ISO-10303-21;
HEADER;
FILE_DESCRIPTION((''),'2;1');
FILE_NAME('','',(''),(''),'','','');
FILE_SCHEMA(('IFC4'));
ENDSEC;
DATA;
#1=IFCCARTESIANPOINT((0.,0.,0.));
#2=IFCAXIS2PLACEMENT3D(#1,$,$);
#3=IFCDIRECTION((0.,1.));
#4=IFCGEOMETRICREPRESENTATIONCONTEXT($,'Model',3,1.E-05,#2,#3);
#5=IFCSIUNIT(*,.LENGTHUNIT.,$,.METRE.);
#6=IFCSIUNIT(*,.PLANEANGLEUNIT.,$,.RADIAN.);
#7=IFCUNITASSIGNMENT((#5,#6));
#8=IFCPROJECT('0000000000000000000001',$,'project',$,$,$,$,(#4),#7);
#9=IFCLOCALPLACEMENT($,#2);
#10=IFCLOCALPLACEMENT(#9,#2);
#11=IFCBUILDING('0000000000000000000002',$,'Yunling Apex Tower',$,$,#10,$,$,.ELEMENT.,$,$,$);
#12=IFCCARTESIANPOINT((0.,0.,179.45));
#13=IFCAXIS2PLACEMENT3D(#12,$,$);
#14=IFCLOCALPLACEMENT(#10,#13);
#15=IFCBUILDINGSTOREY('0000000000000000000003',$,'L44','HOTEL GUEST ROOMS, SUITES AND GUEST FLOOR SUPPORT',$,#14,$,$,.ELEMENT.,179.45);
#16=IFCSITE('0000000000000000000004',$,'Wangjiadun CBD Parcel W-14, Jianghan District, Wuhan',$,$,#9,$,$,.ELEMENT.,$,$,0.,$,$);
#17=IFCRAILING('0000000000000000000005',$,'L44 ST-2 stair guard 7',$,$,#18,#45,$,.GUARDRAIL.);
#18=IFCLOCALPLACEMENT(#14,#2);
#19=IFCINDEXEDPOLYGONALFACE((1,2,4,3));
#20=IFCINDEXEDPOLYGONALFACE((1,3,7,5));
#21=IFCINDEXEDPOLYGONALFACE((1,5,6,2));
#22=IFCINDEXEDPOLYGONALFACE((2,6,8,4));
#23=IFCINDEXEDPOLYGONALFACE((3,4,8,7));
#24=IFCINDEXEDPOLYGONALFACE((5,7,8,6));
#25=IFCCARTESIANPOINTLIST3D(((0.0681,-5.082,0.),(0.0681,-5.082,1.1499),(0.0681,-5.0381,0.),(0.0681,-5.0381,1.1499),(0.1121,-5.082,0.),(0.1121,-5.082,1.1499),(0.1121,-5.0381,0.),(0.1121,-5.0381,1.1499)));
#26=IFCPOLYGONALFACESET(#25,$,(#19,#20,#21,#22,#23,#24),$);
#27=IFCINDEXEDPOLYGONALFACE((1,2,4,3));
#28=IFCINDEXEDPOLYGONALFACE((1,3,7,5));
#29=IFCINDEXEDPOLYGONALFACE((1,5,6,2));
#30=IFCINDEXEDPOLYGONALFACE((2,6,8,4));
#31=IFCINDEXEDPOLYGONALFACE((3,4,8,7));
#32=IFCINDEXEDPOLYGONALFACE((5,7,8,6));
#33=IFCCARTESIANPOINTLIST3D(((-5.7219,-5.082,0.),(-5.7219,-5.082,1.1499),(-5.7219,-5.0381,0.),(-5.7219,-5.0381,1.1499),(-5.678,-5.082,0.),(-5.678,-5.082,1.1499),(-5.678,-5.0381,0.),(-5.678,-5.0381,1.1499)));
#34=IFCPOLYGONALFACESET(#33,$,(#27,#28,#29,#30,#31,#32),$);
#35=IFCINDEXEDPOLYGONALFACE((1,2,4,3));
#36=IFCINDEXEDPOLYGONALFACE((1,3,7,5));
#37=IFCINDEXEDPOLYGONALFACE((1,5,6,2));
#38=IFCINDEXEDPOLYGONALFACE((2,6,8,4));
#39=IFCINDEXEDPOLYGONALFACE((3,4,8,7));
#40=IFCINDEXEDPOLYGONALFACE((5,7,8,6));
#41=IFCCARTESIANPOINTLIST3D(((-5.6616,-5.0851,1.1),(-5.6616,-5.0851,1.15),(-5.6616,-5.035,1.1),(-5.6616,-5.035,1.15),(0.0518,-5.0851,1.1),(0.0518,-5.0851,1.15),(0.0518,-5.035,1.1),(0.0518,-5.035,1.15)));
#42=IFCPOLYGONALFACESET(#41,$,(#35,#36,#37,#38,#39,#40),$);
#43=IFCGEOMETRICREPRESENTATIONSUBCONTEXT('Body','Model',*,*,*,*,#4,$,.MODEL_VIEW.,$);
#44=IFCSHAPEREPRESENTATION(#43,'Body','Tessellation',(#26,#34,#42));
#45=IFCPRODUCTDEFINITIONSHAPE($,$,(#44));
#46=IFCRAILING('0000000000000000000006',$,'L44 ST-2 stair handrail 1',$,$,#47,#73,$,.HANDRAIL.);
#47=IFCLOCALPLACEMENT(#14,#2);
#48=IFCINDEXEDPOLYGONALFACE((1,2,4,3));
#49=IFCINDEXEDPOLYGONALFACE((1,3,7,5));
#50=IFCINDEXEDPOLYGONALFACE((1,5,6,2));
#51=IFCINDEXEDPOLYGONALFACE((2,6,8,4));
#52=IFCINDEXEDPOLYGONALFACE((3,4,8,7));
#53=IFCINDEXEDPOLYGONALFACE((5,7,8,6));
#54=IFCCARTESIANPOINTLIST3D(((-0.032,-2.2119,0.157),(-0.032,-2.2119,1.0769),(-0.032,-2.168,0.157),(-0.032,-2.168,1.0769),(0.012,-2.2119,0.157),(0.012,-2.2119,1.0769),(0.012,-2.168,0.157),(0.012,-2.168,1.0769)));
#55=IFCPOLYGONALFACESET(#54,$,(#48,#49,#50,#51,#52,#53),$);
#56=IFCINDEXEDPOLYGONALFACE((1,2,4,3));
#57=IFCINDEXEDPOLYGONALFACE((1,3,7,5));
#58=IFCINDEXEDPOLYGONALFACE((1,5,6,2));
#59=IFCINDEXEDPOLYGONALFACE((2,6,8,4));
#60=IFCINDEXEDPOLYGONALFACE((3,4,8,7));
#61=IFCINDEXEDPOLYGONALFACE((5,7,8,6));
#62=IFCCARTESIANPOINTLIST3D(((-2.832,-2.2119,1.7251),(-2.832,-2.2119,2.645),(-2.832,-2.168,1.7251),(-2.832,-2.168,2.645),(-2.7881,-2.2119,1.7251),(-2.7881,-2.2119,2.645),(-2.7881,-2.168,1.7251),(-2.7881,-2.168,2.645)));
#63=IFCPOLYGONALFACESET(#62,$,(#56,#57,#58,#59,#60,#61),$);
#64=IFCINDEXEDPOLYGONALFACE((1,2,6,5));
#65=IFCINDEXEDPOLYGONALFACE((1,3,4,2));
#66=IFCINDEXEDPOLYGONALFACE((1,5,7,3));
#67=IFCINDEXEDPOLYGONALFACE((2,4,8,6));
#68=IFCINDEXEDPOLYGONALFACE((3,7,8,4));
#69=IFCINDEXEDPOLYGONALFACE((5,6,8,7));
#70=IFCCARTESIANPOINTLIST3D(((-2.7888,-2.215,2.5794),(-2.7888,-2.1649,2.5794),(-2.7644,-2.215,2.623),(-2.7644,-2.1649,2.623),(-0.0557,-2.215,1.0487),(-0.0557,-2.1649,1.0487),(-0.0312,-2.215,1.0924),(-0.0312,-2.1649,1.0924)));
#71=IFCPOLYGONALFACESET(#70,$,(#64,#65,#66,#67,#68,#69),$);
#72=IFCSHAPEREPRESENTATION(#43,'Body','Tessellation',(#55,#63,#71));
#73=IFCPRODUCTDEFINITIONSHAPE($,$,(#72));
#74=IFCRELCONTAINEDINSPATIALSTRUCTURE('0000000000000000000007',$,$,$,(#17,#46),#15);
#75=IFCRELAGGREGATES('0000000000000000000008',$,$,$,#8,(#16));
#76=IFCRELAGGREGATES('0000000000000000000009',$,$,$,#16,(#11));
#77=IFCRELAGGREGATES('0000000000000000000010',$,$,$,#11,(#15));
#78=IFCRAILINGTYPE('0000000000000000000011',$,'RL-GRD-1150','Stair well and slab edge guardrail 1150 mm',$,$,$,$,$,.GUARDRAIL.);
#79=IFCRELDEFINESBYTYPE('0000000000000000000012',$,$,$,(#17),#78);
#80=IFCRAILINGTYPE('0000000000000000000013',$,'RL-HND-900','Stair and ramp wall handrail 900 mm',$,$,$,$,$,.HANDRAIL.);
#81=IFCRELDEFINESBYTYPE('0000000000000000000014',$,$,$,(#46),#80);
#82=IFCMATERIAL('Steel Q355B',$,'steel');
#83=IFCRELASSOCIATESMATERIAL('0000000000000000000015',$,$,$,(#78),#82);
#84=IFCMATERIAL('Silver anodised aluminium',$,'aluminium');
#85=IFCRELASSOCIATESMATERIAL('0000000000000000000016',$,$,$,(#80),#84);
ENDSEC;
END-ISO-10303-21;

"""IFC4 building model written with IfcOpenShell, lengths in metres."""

from ifc_helpers import new_model, si_unit, direction, frame, origin, origin_2d, place, context, subcontext, project, spatial, rectangle, extrude, material, type_object, element, save


model = new_model("IFC4")

# Units and contexts
model_context = context("Model", 3, precision=1e-05, world=origin(), true_north=direction((0.0, 1.0)))
body_context = subcontext(model_context, "Body", "Model", "MODEL_VIEW")
ifc_project = project(units=[si_unit("LENGTHUNIT", "METRE"), si_unit("PLANEANGLEUNIT", "RADIAN")], contexts=[model_context])

# Site, building, storey
site_placement = place(None, origin())
site = spatial("IfcSite", under=ifc_project, at=site_placement, Name="Wangjiadun CBD Parcel W-14, Jianghan District, Wuhan", CompositionType="ELEMENT", RefElevation=0.0)
building_placement = place(site_placement, origin())
building = spatial("IfcBuilding", under=site, at=building_placement, Name="Yunling Apex Tower", CompositionType="ELEMENT")
storey_placement = place(building_placement, frame((0.0, 0.0, 179.45)))
storey = spatial("IfcBuildingStorey", under=building, at=storey_placement, Name="L44", Description="HOTEL GUEST ROOMS, SUITES AND GUEST FLOOR SUPPORT", CompositionType="ELEMENT", Elevation=179.45)

# Shared definitions
ifc_material_1 = material(Name="Steel Q355B", Category="steel")

# Railings
railing_type_1 = type_object("IfcRailingType", Name="RL-GRD-1150", Description="Stair well and slab edge guardrail 1150 mm", PredefinedType="GUARDRAIL", material=ifc_material_1)
railing_1_placement = place(storey_placement, frame((0.0901, -5.0601, 0.0)))
element("IfcRailing", 1, at=railing_1_placement, inside=storey, type_object=railing_type_1, Name="L44 ST-2 stair guard 7", PredefinedType="GUARDRAIL", context=body_context, shape_type="SweptSolid", body=[
    extrude(rectangle(XDim=0.0439, YDim=0.0439, at=origin_2d()), origin(), (0.0, 0.0, 1.0), 1.1499),
    extrude(rectangle(XDim=0.0439, YDim=0.0439, at=origin_2d()), frame((-5.79, 0.0, 0.0)), (0.0, 0.0, 1.0), 1.1499),
    extrude(rectangle(XDim=0.05, YDim=0.05, at=origin_2d()), frame((-0.0383, 0.0, 1.125), z_axis=(-1.0, 0.0, 0.0), x_axis=(0.0, -1.0, 0.0)), (0.0, 0.0, 1.0), 5.7134),
])
ifc_material_2 = material(Name="Silver anodised aluminium", Category="aluminium")
railing_type_2 = type_object("IfcRailingType", Name="RL-HND-900", Description="Stair and ramp wall handrail 900 mm", PredefinedType="HANDRAIL", material=ifc_material_2)
railing_2_placement = place(storey_placement, frame((-0.01, -2.1899, 0.157)))
element("IfcRailing", 2, at=railing_2_placement, inside=storey, type_object=railing_type_2, Name="L44 ST-2 stair handrail 1", PredefinedType="HANDRAIL", context=body_context, shape_type="SweptSolid", body=[
    extrude(rectangle(XDim=0.0439, YDim=0.0439, at=origin_2d()), origin(), (0.0, 0.0, 1.0), 0.9199),
    extrude(rectangle(XDim=0.0439, YDim=0.0439, at=origin_2d()), frame((-2.8, 0.0, 1.5681)), (0.0, 0.0, 1.0), 0.9199),
    extrude(rectangle(XDim=0.05, YDim=0.05, at=origin_2d()), frame((-0.0334, 0.0, 0.9136), z_axis=(-0.872494, 0.0, 0.488624), x_axis=(0.0, -1.0, 0.0)), (0.0, 0.0, 1.0), 3.1326),
])

save(model, "model.ifc")
